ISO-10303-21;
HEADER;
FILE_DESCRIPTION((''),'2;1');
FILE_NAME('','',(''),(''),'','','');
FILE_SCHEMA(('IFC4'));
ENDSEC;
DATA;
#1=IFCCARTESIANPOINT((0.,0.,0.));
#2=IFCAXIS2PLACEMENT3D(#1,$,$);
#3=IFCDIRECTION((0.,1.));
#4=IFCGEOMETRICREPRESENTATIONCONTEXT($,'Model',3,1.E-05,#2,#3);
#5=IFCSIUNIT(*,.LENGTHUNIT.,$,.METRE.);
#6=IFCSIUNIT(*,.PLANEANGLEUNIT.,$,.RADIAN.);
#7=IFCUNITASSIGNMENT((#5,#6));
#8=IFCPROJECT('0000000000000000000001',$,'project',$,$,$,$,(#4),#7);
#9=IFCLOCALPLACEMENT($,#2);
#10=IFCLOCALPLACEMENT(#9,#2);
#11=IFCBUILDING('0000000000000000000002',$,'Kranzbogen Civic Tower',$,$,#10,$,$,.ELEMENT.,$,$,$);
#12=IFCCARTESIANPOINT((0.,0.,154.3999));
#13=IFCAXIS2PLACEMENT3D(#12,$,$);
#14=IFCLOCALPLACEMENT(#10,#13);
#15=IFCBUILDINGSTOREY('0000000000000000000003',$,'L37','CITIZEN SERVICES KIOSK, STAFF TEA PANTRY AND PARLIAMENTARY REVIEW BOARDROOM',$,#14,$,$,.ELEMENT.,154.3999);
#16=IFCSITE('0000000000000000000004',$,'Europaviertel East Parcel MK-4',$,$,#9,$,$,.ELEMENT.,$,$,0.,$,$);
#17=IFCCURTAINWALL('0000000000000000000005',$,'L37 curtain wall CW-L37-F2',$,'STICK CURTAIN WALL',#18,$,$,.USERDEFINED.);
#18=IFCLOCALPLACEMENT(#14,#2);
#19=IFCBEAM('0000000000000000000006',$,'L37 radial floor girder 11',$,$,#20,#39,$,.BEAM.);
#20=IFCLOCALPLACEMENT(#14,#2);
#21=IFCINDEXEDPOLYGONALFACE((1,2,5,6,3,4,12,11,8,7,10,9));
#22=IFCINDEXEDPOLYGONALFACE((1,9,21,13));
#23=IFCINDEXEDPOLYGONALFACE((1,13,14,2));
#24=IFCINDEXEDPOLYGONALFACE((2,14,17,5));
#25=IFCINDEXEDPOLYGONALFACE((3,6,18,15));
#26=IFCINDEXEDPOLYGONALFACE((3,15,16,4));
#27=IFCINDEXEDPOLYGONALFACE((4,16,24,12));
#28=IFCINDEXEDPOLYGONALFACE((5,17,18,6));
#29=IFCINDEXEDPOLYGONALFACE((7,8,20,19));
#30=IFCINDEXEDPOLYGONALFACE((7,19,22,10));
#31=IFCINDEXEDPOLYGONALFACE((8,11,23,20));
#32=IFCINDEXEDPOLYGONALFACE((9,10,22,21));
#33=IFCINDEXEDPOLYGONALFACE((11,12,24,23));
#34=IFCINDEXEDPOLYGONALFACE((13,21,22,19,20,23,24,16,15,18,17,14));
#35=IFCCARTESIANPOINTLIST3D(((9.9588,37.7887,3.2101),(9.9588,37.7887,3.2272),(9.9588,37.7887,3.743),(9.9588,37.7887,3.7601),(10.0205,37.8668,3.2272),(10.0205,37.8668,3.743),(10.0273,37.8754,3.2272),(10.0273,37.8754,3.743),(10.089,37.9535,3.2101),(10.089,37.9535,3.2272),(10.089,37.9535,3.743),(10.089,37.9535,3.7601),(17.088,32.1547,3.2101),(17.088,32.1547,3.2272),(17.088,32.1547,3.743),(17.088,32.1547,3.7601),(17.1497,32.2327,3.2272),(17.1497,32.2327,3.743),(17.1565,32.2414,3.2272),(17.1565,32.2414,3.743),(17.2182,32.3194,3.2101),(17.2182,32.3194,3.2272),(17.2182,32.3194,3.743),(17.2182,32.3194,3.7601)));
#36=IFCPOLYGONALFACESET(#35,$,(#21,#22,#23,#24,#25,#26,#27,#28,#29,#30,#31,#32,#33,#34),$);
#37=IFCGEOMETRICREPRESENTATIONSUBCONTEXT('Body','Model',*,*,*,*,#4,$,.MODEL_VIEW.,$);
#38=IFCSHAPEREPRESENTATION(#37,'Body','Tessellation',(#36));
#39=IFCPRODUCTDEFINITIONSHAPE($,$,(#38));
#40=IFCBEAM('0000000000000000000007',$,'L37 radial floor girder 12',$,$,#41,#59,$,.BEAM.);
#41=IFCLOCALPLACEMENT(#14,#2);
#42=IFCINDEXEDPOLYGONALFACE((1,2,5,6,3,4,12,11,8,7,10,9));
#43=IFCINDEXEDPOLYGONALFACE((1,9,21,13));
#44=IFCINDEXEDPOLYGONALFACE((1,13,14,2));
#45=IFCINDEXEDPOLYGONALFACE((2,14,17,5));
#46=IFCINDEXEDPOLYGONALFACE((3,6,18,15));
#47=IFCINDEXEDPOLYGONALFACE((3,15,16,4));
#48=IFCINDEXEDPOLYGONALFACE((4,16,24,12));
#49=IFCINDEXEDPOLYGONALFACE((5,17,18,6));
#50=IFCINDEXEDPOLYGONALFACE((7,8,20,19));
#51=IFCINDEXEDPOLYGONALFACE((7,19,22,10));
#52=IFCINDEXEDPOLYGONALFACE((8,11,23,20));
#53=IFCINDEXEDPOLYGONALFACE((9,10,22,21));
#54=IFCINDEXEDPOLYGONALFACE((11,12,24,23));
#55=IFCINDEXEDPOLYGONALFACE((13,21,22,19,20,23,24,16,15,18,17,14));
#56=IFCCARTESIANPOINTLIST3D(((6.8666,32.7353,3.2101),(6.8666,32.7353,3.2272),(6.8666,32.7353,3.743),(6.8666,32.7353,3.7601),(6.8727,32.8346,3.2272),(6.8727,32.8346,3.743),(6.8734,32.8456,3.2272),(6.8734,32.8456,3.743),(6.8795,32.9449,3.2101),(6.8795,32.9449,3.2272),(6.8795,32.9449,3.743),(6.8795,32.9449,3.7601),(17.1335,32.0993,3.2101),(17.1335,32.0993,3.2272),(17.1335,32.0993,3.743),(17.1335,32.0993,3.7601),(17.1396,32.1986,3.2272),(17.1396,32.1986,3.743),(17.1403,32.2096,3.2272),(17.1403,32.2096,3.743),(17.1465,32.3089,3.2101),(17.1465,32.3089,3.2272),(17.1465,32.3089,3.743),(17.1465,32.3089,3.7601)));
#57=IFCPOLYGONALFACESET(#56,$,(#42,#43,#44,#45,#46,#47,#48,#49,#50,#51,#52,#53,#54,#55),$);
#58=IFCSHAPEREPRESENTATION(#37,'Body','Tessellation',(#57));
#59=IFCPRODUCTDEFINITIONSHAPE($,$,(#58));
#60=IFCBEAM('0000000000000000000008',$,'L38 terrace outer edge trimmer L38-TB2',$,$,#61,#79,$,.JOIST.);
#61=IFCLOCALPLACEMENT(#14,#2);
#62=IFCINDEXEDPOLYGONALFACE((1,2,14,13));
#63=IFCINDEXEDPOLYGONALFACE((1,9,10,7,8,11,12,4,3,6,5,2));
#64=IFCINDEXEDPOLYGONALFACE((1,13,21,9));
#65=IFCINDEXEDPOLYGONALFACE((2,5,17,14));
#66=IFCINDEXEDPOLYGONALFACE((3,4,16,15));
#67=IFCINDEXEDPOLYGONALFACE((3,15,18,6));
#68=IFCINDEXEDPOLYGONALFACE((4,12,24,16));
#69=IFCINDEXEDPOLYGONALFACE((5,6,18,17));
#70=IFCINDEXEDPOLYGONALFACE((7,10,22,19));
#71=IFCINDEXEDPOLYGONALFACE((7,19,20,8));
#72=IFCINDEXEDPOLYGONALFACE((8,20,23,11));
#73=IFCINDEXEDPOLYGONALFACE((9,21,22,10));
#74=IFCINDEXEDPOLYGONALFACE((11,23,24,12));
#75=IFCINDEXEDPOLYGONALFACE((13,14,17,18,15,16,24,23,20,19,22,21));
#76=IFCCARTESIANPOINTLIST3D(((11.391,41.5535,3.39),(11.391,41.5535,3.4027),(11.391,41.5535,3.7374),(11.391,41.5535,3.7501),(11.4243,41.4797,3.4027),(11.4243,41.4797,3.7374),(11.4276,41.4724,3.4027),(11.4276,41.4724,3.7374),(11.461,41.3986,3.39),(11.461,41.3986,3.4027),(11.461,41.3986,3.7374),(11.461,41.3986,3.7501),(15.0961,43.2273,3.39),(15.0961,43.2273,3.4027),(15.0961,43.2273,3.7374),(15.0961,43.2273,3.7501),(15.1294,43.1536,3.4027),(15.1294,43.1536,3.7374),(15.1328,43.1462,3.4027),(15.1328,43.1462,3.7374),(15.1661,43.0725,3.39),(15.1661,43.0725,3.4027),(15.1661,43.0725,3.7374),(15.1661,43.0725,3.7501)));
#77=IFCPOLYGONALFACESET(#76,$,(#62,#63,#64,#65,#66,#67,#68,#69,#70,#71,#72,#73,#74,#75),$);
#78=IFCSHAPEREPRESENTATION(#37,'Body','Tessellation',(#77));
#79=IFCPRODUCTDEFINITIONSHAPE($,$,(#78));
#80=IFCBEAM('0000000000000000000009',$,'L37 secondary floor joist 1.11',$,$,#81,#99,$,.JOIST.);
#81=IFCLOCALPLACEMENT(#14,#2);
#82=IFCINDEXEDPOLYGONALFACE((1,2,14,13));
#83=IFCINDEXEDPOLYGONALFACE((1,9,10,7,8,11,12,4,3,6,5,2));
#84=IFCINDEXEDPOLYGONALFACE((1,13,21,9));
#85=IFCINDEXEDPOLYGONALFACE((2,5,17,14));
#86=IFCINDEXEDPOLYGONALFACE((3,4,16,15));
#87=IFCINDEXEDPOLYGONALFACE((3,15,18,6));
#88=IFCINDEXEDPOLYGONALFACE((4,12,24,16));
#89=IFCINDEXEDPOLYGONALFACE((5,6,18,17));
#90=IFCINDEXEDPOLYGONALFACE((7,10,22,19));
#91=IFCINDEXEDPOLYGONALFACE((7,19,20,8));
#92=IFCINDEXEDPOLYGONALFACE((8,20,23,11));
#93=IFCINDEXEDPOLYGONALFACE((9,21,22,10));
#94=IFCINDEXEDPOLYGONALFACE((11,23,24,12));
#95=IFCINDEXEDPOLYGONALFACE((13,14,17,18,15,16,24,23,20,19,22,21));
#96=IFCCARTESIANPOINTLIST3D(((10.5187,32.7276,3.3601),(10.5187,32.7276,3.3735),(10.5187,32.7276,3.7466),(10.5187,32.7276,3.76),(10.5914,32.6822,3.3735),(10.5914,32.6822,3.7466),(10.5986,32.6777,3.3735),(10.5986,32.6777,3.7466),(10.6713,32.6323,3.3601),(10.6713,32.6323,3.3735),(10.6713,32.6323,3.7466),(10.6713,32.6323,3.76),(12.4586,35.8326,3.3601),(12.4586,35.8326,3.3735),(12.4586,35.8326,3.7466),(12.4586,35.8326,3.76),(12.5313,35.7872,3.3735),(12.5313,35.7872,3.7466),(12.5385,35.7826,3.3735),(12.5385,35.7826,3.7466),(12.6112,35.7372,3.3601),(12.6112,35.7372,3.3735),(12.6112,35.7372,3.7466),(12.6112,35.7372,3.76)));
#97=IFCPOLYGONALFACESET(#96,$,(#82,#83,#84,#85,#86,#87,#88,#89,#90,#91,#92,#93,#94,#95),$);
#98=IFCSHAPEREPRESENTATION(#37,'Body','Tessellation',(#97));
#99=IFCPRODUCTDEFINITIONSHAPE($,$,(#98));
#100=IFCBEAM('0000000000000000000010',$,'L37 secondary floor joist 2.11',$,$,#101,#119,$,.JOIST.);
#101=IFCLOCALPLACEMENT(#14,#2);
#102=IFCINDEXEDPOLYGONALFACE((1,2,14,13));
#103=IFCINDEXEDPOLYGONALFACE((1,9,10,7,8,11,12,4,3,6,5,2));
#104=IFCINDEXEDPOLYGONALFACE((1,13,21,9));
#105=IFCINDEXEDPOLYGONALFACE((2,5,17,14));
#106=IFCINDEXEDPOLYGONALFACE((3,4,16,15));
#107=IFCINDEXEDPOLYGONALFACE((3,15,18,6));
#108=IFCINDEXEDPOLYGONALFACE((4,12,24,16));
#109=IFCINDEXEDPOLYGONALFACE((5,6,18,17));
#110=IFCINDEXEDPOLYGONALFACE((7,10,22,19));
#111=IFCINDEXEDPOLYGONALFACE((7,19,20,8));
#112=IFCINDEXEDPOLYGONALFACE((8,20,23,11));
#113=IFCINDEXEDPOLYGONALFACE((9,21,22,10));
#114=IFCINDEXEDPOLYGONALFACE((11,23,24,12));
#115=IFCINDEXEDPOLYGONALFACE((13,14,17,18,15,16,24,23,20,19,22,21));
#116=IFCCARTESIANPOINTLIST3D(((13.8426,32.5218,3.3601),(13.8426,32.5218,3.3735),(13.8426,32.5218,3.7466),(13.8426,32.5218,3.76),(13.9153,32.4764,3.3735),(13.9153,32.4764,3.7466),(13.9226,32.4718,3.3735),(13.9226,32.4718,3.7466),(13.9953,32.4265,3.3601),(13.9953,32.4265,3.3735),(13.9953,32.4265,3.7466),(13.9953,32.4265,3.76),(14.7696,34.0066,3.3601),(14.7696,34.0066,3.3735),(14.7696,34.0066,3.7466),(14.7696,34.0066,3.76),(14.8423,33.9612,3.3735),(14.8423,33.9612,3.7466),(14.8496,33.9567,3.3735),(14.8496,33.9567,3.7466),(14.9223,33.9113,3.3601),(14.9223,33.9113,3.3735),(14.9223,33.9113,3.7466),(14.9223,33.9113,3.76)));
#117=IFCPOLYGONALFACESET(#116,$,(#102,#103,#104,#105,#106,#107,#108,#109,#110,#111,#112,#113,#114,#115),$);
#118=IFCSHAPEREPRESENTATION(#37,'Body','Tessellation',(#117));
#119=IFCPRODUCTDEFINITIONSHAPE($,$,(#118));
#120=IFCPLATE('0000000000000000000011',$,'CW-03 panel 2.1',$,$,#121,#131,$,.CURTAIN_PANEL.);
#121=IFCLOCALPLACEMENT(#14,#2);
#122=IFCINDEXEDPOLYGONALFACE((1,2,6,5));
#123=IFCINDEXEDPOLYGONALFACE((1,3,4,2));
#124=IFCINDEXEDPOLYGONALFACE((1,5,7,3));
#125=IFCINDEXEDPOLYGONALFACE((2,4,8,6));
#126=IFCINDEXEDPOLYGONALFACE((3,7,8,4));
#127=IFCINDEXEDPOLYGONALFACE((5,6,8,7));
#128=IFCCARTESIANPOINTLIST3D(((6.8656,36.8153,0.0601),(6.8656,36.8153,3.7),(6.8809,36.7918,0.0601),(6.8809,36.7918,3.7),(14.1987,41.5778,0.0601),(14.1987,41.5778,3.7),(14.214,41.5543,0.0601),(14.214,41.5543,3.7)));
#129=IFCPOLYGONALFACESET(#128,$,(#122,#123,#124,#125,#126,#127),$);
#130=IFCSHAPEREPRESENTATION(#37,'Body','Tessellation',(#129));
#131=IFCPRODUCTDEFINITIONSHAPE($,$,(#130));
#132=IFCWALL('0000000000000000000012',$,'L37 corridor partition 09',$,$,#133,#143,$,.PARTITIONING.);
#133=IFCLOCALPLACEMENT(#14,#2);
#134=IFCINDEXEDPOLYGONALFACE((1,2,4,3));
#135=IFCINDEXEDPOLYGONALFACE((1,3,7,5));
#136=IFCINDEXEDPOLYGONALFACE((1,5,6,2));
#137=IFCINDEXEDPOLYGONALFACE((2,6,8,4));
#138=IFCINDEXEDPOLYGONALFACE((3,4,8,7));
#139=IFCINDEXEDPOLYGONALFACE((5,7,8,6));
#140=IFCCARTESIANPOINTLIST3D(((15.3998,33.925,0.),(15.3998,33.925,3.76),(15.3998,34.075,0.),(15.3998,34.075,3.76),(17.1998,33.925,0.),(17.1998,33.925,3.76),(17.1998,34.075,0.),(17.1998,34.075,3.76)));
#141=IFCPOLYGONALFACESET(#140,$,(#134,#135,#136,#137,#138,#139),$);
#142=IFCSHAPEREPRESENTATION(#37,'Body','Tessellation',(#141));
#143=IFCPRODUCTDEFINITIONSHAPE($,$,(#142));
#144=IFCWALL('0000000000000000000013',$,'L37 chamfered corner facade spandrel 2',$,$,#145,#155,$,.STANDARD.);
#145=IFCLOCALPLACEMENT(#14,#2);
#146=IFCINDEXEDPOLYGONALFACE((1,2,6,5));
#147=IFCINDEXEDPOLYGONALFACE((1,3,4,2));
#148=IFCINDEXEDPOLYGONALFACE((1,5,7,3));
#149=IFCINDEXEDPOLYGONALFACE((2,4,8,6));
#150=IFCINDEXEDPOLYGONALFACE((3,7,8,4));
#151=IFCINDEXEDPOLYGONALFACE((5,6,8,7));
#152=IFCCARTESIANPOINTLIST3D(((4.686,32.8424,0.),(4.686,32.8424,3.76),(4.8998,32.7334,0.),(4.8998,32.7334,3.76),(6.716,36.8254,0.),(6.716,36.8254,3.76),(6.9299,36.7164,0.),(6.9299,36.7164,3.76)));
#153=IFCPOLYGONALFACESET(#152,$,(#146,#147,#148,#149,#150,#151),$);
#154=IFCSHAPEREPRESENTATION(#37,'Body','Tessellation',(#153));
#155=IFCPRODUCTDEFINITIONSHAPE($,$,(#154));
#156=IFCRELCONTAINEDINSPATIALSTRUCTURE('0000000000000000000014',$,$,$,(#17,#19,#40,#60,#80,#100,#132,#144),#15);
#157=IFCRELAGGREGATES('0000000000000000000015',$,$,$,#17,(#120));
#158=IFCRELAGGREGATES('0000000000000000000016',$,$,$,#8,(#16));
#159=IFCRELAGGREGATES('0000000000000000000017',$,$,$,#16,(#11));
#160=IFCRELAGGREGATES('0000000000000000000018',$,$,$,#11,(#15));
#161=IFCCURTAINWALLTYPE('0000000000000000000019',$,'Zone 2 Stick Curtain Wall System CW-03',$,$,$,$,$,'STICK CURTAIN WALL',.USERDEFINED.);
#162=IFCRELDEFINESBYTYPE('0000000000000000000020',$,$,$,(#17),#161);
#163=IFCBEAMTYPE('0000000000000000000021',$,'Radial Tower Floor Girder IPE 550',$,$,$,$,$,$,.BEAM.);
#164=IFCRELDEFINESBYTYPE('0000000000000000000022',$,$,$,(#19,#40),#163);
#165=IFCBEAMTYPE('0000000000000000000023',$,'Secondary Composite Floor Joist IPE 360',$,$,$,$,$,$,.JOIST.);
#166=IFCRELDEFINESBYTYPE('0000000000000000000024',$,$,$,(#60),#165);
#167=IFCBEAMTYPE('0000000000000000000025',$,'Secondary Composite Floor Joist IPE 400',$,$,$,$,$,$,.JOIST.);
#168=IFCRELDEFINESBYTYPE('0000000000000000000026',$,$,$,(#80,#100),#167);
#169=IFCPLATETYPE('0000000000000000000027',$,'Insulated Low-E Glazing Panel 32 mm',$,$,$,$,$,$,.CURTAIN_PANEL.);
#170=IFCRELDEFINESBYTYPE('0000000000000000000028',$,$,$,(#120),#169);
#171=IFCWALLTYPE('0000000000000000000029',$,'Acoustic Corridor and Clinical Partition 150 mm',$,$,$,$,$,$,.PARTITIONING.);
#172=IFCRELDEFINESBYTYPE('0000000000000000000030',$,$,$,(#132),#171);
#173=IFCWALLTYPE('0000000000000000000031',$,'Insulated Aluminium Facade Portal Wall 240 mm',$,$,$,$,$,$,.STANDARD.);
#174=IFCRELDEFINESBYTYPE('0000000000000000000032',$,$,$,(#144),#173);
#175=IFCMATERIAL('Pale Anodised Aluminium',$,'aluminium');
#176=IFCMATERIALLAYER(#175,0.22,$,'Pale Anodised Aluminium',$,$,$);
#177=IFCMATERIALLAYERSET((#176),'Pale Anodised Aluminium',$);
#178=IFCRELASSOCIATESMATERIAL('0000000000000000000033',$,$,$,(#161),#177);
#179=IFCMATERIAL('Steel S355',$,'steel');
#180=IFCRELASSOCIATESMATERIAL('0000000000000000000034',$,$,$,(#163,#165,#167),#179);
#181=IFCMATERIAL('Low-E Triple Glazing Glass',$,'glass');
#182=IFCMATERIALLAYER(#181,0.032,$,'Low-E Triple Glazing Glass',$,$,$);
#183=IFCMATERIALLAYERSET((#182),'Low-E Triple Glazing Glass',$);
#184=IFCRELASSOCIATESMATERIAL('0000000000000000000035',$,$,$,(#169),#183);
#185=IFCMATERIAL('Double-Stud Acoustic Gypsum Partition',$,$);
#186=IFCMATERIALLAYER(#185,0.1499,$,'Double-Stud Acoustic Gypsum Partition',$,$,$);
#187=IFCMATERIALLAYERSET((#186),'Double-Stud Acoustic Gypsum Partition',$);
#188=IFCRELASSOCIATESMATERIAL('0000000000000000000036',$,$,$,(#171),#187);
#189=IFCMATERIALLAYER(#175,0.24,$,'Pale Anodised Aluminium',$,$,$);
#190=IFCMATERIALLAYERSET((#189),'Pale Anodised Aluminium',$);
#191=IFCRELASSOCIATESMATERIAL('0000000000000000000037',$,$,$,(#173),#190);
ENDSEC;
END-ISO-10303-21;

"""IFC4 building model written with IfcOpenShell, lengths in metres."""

from ifc_helpers import new_model, si_unit, direction, frame, frame_2d, origin, origin_2d, place, context, subcontext, project, spatial, rectangle, i_section, extrude, material, layer, layer_set, material_profile, profile_set, type_object, element, aggregate, save


model = new_model("IFC4")

# Units and contexts
model_context = context("Model", 3, precision=1e-05, world=origin(), true_north=direction((0.0, 1.0)))
body_context = subcontext(model_context, "Body", "Model", "MODEL_VIEW")
ifc_project = project(units=[si_unit("LENGTHUNIT", "METRE"), si_unit("PLANEANGLEUNIT", "RADIAN")], contexts=[model_context])

# Site, building, storey
site_placement = place(None, origin())
site = spatial("IfcSite", under=ifc_project, at=site_placement, Name="Europaviertel East Parcel MK-4", CompositionType="ELEMENT", RefElevation=0.0)
building_placement = place(site_placement, origin())
building = spatial("IfcBuilding", under=site, at=building_placement, Name="Kranzbogen Civic Tower", CompositionType="ELEMENT")
storey_placement = place(building_placement, frame((0.0, 0.0, 154.3999)))
storey = spatial("IfcBuildingStorey", under=building, at=storey_placement, Name="L37", Description="CITIZEN SERVICES KIOSK, STAFF TEA PANTRY AND PARLIAMENTARY REVIEW BOARDROOM", CompositionType="ELEMENT", Elevation=154.3999)

# Shared definitions
ifc_material_1 = material(Name="Steel S355", Category="steel")

# Curtain wall
ifc_material_2 = material(Name="Pale Anodised Aluminium", Category="aluminium")
ifc_layer_1 = layer(ifc_material_2, 0.22, Name="Pale Anodised Aluminium")
ifc_layer_set_1 = layer_set([ifc_layer_1], Name="Pale Anodised Aluminium")
curtain_wall_type = type_object("IfcCurtainWallType", Name="Zone 2 Stick Curtain Wall System CW-03", ElementType="STICK CURTAIN WALL", PredefinedType="USERDEFINED", material=ifc_layer_set_1)
curtain_wall_1_placement = place(storey_placement, origin())
curtain_wall_1 = element("IfcCurtainWall", 1, at=curtain_wall_1_placement, inside=storey, type_object=curtain_wall_type, Name="L37 curtain wall CW-L37-F2", ObjectType="STICK CURTAIN WALL", PredefinedType="USERDEFINED")

# Beams
ifc_material_profile_1 = material_profile(ifc_material_1, i_section(OverallWidth=0.21, OverallDepth=0.55, WebThickness=0.011, FlangeThickness=0.0171, at=origin_2d()), Name="IPE 550")
ifc_profile_set_1 = profile_set([ifc_material_profile_1], Name="Steel S355")
beam_type_1 = type_object("IfcBeamType", Name="Radial Tower Floor Girder IPE 550", PredefinedType="BEAM", material=ifc_profile_set_1)
beam_1_placement = place(storey_placement, frame((10.0239, 37.8711, 3.4851), z_axis=(0.784575, -0.620034, 0.0), x_axis=(0.620034, 0.784575, 0.0)))
element("IfcBeam", 2, at=beam_1_placement, inside=storey, type_object=beam_type_1, Name="L37 radial floor girder 11", PredefinedType="BEAM", context=body_context, shape_type="SweptSolid", body=[
    extrude(i_section(OverallWidth=0.21, OverallDepth=0.55, WebThickness=0.011, FlangeThickness=0.0171, at=origin_2d()), origin(), (0.0, 0.0, 1.0), 9.0867),
])
beam_2_placement = place(storey_placement, frame((6.873, 32.8401, 3.4851), z_axis=(0.998087, -0.061827, 0.0), x_axis=(0.061827, 0.998087, 0.0)))
element("IfcBeam", 3, at=beam_2_placement, inside=storey, type_object=beam_type_1, Name="L37 radial floor girder 12", PredefinedType="BEAM", context=body_context, shape_type="SweptSolid", body=[
    extrude(i_section(OverallWidth=0.21, OverallDepth=0.55, WebThickness=0.011, FlangeThickness=0.0171, at=origin_2d()), origin(), (0.0, 0.0, 1.0), 10.2866),
])
ifc_material_profile_2 = material_profile(ifc_material_1, i_section(OverallWidth=0.1699, OverallDepth=0.3601, WebThickness=0.0081, FlangeThickness=0.0127, at=origin_2d()), Name="IPE 360")
ifc_profile_set_2 = profile_set([ifc_material_profile_2], Name="Steel S355")
beam_type_2 = type_object("IfcBeamType", Name="Secondary Composite Floor Joist IPE 360", PredefinedType="JOIST", material=ifc_profile_set_2)
beam_3_placement = place(storey_placement, frame((15.1311, 43.1499, 3.5701), z_axis=(-0.911318, -0.411703, 0.0), x_axis=(0.411703, -0.911318, 0.0)))
element("IfcBeam", 4, at=beam_3_placement, inside=storey, type_object=beam_type_2, Name="L38 terrace outer edge trimmer L38-TB2", PredefinedType="JOIST", context=body_context, shape_type="SweptSolid", body=[
    extrude(i_section(OverallWidth=0.1699, OverallDepth=0.3601, WebThickness=0.0081, FlangeThickness=0.0127, at=origin_2d()), origin(), (0.0, 0.0, 1.0), 4.0657),
])
ifc_material_profile_3 = material_profile(ifc_material_1, i_section(OverallWidth=0.1799, OverallDepth=0.3999, WebThickness=0.0085, FlangeThickness=0.0134, at=origin_2d()), Name="IPE 400")
ifc_profile_set_3 = profile_set([ifc_material_profile_3], Name="Steel S355")
beam_type_3 = type_object("IfcBeamType", Name="Secondary Composite Floor Joist IPE 400", PredefinedType="JOIST", material=ifc_profile_set_3)
beam_4_placement = place(storey_placement, frame((12.5349, 35.7849, 3.5601), z_axis=(-0.529867, -0.848081, 0.0), x_axis=(0.848081, -0.529867, 0.0)))
element("IfcBeam", 5, at=beam_4_placement, inside=storey, type_object=beam_type_3, Name="L37 secondary floor joist 1.11", PredefinedType="JOIST", context=body_context, shape_type="SweptSolid", body=[
    extrude(i_section(OverallWidth=0.1799, OverallDepth=0.3999, WebThickness=0.0085, FlangeThickness=0.0134, at=origin_2d()), origin(), (0.0, 0.0, 1.0), 3.6611),
])
beam_5_placement = place(storey_placement, frame((14.8459, 33.959, 3.5601), z_axis=(-0.529573, -0.848265, 0.0), x_axis=(0.848265, -0.529573, 0.0)))
element("IfcBeam", 6, at=beam_5_placement, inside=storey, type_object=beam_type_3, Name="L37 secondary floor joist 2.11", PredefinedType="JOIST", context=body_context, shape_type="SweptSolid", body=[
    extrude(i_section(OverallWidth=0.1799, OverallDepth=0.3999, WebThickness=0.0085, FlangeThickness=0.0134, at=origin_2d()), origin(), (0.0, 0.0, 1.0), 1.7505),
])

# Plate
ifc_material_3 = material(Name="Low-E Triple Glazing Glass", Category="glass")
ifc_layer_2 = layer(ifc_material_3, 0.032, Name="Low-E Triple Glazing Glass")
ifc_layer_set_2 = layer_set([ifc_layer_2], Name="Low-E Triple Glazing Glass")
plate_type = type_object("IfcPlateType", Name="Insulated Low-E Glazing Panel 32 mm", PredefinedType="CURTAIN_PANEL", material=ifc_layer_set_2)
plate_placement = place(storey_placement, frame((10.5398, 39.1848, 0.0601), z_axis=(0.0, 0.0, 1.0), x_axis=(-0.838652, -0.544668, 0.0)))
plate = element("IfcPlate", 7, at=plate_placement, type_object=plate_type, Name="CW-03 panel 2.1", PredefinedType="CURTAIN_PANEL", context=body_context, shape_type="SweptSolid", body=[
    extrude(rectangle(XDim=8.7439, YDim=0.0281, at=origin_2d()), origin(), (0.0, 0.0, 1.0), 3.6399),
])
aggregate(curtain_wall_1, [plate])

# Walls
ifc_material_4 = material(Name="Double-Stud Acoustic Gypsum Partition")
ifc_layer_3 = layer(ifc_material_4, 0.1499, Name="Double-Stud Acoustic Gypsum Partition")
ifc_layer_set_3 = layer_set([ifc_layer_3], Name="Double-Stud Acoustic Gypsum Partition")
wall_type_1 = type_object("IfcWallType", Name="Acoustic Corridor and Clinical Partition 150 mm", PredefinedType="PARTITIONING", material=ifc_layer_set_3)
wall_1_placement = place(storey_placement, frame((15.3999, 34.0, 0.0), z_axis=(0.0, 0.0, 1.0), x_axis=(1.0, 0.0, 0.0)))
element("IfcWall", 8, at=wall_1_placement, inside=storey, type_object=wall_type_1, Name="L37 corridor partition 09", PredefinedType="PARTITIONING", context=body_context, shape_type="SweptSolid", body=[
    extrude(rectangle(XDim=1.8, YDim=0.1499, at=frame_2d((0.8999, 0.0))), origin(), (0.0, 0.0, 1.0), 3.76),
])
ifc_layer_4 = layer(ifc_material_2, 0.24, Name="Pale Anodised Aluminium")
ifc_layer_set_4 = layer_set([ifc_layer_4], Name="Pale Anodised Aluminium")
wall_type_2 = type_object("IfcWallType", Name="Insulated Aluminium Facade Portal Wall 240 mm", PredefinedType="STANDARD", material=ifc_layer_set_4)
wall_2_placement = place(storey_placement, frame((6.823, 36.771, 0.0), z_axis=(0.0, 0.0, 1.0), x_axis=(-0.454103, -0.890949, 0.0)))
element("IfcWall", 9, at=wall_2_placement, inside=storey, type_object=wall_type_2, Name="L37 chamfered corner facade spandrel 2", PredefinedType="STANDARD", context=body_context, shape_type="SweptSolid", body=[
    extrude(rectangle(XDim=4.4705, YDim=0.24, at=frame_2d((2.2354, 0.0))), origin(), (0.0, 0.0, 1.0), 3.76),
])

save(model, "model.ifc")
